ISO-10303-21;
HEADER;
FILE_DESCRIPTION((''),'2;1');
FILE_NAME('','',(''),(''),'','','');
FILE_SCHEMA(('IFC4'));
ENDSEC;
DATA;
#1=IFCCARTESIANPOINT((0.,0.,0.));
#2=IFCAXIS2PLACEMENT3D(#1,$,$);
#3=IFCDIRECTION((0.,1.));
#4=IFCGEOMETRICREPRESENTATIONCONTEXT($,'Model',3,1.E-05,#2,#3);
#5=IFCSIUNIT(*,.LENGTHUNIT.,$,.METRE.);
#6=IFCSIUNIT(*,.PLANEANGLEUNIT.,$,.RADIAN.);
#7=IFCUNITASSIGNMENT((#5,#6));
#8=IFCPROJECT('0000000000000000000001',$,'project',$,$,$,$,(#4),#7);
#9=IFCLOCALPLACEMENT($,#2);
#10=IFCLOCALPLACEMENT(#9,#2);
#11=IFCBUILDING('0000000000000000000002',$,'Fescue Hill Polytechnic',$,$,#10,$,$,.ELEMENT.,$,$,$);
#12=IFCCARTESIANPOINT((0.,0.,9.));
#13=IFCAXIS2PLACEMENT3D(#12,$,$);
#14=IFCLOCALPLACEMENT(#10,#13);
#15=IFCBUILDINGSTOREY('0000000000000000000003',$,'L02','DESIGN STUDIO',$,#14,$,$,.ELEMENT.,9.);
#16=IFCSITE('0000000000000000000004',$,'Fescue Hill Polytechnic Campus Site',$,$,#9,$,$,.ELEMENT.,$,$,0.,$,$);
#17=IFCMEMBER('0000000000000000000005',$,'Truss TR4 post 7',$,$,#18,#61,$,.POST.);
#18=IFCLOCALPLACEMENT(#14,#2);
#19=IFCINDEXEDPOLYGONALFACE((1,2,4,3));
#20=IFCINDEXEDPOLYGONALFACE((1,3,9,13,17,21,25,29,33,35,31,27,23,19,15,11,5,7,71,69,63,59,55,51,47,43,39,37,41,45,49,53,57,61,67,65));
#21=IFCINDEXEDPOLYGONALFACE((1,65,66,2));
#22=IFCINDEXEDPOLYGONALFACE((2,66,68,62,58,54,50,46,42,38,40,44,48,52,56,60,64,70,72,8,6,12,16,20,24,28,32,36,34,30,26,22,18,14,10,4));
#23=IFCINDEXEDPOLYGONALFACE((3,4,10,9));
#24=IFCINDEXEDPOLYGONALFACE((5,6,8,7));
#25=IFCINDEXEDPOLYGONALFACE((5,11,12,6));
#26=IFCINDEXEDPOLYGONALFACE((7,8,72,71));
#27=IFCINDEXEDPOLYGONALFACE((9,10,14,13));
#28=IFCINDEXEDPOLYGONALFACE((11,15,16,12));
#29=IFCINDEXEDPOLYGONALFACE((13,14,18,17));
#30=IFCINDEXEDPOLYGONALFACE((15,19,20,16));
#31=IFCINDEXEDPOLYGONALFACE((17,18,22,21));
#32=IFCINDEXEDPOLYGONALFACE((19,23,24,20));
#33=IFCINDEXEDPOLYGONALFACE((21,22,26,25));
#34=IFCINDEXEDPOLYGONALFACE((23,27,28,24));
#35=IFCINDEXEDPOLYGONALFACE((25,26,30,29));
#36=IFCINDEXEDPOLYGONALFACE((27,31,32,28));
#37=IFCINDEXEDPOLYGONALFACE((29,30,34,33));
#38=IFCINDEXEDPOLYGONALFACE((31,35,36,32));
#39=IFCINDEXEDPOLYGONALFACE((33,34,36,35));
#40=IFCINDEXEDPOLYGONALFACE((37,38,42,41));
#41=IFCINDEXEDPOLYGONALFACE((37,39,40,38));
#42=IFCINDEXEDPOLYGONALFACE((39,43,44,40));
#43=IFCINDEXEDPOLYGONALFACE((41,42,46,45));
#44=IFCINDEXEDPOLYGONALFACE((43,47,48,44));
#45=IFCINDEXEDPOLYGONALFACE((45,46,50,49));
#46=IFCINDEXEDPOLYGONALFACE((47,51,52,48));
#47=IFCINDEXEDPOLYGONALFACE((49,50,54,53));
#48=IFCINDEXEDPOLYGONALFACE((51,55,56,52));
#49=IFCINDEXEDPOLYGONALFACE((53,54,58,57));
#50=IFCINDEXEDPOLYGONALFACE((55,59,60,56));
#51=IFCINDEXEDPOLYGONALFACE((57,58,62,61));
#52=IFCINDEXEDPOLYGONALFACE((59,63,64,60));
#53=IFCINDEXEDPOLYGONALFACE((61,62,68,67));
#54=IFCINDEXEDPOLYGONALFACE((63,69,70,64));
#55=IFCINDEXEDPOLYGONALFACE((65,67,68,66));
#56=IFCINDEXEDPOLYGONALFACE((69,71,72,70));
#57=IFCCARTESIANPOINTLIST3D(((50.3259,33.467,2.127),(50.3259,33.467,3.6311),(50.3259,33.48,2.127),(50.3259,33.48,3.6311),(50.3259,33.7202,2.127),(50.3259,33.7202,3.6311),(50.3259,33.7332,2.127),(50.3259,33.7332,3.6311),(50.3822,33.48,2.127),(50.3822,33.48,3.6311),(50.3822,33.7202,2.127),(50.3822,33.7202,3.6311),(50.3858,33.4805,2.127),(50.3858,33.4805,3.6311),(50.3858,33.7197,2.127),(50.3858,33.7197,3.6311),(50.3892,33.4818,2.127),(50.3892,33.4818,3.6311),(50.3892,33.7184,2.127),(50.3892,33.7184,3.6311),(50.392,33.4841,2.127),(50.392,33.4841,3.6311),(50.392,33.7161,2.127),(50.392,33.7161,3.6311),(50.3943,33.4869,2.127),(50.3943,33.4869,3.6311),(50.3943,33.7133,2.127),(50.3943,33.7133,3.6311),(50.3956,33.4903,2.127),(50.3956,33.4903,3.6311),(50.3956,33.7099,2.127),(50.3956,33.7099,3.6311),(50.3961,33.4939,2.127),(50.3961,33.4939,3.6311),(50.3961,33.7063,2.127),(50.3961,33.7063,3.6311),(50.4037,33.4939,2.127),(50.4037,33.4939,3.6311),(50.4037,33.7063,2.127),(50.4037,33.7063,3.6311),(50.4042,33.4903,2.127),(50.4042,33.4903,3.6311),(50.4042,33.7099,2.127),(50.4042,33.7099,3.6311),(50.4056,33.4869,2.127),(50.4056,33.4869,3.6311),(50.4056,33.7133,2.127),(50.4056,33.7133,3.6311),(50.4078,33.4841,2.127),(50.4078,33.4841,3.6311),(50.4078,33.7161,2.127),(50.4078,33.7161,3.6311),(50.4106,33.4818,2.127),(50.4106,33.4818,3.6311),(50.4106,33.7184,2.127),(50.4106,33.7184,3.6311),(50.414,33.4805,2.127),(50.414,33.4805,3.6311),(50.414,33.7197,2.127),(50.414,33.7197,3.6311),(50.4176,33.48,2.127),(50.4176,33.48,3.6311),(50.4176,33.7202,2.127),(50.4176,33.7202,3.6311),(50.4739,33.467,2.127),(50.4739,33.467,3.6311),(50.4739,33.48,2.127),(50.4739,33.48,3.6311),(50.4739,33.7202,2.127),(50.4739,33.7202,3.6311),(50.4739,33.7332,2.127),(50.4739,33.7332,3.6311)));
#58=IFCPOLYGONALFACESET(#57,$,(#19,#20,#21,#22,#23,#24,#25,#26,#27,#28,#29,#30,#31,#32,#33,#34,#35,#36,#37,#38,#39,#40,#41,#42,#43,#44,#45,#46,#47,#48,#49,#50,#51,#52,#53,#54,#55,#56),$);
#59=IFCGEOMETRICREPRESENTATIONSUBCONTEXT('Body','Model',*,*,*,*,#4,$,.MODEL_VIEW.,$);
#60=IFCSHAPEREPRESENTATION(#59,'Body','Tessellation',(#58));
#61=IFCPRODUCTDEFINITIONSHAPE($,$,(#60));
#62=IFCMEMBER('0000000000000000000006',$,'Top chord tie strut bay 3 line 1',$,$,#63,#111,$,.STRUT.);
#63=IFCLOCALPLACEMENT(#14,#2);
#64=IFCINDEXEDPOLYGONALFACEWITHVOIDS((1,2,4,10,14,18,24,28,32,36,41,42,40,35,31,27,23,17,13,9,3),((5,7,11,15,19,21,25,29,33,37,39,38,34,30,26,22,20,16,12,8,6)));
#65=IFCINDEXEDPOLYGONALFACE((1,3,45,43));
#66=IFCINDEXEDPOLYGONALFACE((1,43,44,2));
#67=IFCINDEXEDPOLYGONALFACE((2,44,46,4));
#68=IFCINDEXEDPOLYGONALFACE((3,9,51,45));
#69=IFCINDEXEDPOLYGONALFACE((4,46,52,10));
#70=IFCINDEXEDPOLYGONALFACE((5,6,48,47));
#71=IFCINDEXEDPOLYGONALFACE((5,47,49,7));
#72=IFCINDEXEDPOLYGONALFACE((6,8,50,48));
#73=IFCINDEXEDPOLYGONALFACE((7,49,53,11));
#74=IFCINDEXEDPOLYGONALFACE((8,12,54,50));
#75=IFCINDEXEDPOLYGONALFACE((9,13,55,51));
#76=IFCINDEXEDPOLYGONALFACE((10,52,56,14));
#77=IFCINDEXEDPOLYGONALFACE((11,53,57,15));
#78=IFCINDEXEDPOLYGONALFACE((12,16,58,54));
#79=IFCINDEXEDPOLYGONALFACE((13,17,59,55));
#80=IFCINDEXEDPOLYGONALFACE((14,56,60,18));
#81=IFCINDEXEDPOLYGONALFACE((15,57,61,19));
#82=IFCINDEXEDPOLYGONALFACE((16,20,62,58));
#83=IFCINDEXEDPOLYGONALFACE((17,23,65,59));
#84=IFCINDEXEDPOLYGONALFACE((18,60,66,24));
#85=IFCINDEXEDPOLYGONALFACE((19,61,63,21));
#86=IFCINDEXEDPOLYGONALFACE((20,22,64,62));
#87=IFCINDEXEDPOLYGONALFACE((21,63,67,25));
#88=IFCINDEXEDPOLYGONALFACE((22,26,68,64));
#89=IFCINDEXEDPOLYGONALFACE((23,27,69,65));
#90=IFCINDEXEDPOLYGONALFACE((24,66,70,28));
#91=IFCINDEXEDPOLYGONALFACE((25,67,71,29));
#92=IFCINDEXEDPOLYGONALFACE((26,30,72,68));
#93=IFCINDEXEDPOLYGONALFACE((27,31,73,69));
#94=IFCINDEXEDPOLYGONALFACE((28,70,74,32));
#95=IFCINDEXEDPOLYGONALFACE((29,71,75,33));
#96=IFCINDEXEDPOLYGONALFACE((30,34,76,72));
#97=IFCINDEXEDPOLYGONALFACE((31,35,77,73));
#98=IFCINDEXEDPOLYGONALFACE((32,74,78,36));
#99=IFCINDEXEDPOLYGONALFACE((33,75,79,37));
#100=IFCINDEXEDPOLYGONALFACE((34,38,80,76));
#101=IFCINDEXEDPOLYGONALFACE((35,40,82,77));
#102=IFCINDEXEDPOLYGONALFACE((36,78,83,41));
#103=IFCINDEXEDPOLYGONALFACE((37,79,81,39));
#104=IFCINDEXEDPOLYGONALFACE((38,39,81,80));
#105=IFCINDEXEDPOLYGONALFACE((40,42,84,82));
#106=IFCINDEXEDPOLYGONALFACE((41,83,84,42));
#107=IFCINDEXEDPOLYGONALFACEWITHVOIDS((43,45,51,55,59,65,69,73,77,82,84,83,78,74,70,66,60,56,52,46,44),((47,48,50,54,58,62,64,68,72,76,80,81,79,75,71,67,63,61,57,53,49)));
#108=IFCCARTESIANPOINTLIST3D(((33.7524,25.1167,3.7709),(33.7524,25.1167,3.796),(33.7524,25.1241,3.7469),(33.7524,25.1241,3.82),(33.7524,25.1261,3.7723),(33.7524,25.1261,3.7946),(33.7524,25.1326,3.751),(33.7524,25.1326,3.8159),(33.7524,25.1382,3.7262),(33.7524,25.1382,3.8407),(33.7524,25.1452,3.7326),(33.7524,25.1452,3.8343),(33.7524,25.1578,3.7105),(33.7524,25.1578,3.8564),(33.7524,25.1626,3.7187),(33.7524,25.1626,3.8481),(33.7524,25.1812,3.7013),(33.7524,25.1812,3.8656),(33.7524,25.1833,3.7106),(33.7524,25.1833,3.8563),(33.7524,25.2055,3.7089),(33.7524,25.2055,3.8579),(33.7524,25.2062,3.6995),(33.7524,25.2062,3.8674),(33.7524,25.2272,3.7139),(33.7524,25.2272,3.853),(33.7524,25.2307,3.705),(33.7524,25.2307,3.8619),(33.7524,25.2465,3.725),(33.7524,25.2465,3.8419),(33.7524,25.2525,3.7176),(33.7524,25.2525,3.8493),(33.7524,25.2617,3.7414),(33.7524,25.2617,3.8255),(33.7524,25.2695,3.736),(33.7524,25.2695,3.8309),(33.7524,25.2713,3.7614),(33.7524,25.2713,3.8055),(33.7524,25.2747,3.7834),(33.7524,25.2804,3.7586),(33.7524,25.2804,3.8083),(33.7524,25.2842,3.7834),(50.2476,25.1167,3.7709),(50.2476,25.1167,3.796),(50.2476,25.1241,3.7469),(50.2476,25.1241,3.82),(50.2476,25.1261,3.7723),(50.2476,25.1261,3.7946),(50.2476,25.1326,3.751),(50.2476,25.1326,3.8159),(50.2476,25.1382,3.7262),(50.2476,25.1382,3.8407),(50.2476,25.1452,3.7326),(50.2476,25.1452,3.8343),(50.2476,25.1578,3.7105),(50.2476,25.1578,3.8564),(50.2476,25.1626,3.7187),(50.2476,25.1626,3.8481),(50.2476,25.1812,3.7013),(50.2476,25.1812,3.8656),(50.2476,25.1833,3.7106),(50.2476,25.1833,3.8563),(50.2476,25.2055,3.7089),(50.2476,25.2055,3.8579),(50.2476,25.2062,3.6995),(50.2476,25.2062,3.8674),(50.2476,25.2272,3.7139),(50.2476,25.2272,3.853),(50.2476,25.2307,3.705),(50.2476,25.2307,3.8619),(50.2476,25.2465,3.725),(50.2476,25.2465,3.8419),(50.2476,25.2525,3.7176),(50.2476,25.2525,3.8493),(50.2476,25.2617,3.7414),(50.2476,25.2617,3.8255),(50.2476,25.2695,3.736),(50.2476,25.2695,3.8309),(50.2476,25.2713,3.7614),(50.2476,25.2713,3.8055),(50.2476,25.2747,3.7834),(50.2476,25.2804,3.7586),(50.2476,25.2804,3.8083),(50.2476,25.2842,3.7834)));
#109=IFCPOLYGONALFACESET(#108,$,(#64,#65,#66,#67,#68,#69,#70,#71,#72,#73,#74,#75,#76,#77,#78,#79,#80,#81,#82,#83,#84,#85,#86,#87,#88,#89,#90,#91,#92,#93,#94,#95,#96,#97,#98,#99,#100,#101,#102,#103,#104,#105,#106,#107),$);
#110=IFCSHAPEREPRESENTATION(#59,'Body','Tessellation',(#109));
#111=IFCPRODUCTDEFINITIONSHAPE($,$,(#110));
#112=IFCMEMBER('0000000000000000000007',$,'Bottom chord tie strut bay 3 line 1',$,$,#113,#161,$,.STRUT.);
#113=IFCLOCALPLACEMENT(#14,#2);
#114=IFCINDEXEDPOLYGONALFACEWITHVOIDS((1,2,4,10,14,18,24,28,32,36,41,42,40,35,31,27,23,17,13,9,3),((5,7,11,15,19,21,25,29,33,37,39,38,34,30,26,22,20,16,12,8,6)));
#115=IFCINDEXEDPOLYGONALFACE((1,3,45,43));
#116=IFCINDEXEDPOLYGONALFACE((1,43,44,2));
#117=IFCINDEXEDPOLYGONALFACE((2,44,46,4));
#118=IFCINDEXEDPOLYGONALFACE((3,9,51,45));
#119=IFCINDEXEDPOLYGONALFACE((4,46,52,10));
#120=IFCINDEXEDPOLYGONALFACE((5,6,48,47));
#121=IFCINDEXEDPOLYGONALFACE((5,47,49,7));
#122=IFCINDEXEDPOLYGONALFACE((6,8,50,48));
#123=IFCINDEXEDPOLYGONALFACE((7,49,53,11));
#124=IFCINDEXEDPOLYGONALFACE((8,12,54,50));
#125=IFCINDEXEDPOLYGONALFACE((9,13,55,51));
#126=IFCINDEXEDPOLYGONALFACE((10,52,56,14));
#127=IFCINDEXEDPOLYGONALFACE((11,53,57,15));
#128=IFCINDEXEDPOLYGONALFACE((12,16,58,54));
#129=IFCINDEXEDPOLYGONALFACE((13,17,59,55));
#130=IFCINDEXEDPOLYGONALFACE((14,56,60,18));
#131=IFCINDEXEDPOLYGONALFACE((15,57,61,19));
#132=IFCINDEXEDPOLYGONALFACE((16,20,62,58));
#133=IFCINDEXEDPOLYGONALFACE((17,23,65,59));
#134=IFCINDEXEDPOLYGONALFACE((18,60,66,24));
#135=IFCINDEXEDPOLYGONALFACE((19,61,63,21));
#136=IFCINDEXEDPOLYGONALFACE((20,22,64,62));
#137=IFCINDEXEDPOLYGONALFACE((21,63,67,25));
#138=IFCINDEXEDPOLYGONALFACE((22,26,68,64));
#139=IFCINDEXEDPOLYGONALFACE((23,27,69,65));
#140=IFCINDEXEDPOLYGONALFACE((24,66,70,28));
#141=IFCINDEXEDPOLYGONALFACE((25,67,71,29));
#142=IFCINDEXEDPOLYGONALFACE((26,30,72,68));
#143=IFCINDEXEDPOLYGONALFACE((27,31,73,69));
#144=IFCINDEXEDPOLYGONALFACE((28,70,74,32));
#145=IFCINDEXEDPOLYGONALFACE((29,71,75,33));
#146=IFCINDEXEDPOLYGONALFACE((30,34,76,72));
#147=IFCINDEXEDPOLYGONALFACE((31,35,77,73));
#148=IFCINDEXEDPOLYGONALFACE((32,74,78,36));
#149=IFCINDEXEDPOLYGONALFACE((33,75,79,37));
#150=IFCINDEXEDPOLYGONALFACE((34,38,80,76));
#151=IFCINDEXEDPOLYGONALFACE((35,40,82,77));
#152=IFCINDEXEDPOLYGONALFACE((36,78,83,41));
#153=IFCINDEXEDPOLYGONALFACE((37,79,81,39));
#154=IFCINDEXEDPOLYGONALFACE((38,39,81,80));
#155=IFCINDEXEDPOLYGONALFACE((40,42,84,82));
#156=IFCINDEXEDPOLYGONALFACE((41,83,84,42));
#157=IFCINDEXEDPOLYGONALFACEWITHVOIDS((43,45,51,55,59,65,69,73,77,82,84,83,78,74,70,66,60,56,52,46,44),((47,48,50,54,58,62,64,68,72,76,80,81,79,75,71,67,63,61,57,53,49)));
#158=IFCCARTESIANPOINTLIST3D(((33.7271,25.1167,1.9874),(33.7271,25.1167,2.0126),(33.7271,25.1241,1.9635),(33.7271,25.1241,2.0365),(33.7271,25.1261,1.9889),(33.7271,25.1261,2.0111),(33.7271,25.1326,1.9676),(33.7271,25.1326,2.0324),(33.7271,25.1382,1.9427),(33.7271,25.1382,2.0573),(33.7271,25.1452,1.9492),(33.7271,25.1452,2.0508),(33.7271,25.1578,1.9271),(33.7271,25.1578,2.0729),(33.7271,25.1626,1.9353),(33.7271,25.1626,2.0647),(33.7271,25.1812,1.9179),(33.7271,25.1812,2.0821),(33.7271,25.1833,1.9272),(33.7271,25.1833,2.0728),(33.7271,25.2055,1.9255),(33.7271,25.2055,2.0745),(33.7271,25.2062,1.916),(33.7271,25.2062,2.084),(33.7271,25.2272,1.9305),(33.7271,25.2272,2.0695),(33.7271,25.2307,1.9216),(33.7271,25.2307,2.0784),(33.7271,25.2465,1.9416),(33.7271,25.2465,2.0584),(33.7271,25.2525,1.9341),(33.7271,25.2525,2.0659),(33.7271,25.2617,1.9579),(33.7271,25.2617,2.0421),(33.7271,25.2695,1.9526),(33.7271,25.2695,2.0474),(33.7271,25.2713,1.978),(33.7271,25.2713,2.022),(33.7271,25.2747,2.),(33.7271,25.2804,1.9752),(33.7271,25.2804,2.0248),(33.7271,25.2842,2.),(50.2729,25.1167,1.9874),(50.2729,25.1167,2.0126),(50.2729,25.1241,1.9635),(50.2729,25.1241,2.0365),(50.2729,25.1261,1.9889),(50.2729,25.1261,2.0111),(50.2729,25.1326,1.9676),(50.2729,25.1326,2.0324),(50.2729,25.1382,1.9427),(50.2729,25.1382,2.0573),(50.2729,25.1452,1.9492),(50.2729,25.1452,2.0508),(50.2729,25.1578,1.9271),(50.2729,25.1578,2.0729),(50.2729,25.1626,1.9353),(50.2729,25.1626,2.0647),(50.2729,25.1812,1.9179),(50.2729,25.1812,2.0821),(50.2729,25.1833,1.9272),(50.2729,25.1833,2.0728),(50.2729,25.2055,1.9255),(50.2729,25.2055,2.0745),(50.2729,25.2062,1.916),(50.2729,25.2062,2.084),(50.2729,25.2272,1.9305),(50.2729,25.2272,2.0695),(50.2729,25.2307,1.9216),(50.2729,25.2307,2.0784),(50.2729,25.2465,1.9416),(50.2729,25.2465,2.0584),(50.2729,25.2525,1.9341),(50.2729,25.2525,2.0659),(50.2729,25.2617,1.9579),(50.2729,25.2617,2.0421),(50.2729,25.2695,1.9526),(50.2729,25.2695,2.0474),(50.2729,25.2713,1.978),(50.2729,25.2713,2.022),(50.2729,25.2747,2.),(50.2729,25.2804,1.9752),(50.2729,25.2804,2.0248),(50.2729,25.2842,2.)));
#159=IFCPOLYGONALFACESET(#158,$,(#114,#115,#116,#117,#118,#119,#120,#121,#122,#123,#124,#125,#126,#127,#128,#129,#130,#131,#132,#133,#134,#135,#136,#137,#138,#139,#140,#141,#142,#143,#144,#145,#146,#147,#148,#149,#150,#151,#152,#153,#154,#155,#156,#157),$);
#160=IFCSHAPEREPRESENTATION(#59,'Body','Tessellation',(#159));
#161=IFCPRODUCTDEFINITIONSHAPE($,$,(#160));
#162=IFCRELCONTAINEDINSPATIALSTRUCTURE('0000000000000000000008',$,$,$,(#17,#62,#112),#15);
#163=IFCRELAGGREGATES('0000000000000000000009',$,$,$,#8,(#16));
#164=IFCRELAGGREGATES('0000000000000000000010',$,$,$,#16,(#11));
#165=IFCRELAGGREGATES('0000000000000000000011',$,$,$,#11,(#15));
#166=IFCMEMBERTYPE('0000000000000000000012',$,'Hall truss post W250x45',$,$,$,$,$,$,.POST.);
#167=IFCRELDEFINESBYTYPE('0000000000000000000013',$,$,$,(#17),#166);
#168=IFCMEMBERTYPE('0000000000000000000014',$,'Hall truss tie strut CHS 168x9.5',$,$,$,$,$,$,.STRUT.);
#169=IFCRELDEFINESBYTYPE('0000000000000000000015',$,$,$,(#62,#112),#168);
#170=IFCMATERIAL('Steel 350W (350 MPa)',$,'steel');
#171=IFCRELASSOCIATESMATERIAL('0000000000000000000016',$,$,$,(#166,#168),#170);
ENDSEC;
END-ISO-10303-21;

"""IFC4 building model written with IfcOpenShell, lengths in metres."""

from ifc_helpers import new_model, si_unit, direction, frame, origin, origin_2d, place, context, subcontext, project, spatial, hollow_circle, i_section, extrude, material, material_profile, profile_set, type_object, element, save


model = new_model("IFC4")

# Units and contexts
model_context = context("Model", 3, precision=1e-05, world=origin(), true_north=direction((0.0, 1.0)))
body_context = subcontext(model_context, "Body", "Model", "MODEL_VIEW")
ifc_project = project(units=[si_unit("LENGTHUNIT", "METRE"), si_unit("PLANEANGLEUNIT", "RADIAN")], contexts=[model_context])

# Site, building, storey
site_placement = place(None, origin())
site = spatial("IfcSite", under=ifc_project, at=site_placement, Name="Fescue Hill Polytechnic Campus Site", CompositionType="ELEMENT", RefElevation=0.0)
building_placement = place(site_placement, origin())
building = spatial("IfcBuilding", under=site, at=building_placement, Name="Fescue Hill Polytechnic", CompositionType="ELEMENT")
storey_placement = place(building_placement, frame((0.0, 0.0, 9.0)))
storey = spatial("IfcBuildingStorey", under=building, at=storey_placement, Name="L02", Description="DESIGN STUDIO", CompositionType="ELEMENT", Elevation=9.0)

# Members
ifc_material = material(Name="Steel 350W (350 MPa)", Category="steel")
ifc_material_profile_1 = material_profile(ifc_material, i_section(OverallWidth=0.1479, OverallDepth=0.2661, WebThickness=0.0076, FlangeThickness=0.0129, FilletRadius=0.0139, at=origin_2d()), Name="W250x45")
ifc_profile_set_1 = profile_set([ifc_material_profile_1], Name="Steel 350W (350 MPa)")
member_type_1 = type_object("IfcMemberType", Name="Hall truss post W250x45", PredefinedType="POST", material=ifc_profile_set_1)
for number, where, z_axis, x_axis, name in (
    (1, (50.3999, 33.6001, 2.127), (0.0, 0.0, 1.0), (1.0, 0.0, 0.0), "Truss TR4 post 7"),
):
    element("IfcMember", number, at=place(storey_placement, frame(where, z_axis=z_axis, x_axis=x_axis)), inside=storey, type_object=member_type_1, Name=name, PredefinedType="POST", context=body_context, shape_type="SweptSolid", body=[
        extrude(i_section(OverallWidth=0.1479, OverallDepth=0.2661, WebThickness=0.0076, FlangeThickness=0.0129, FilletRadius=0.0139, at=origin_2d()), origin(), (0.0, 0.0, 1.0), 1.5042),
    ])
ifc_material_profile_2 = material_profile(ifc_material, hollow_circle(Radius=0.0842, WallThickness=0.0095, at=origin_2d()), Name="Hall truss tie strut CHS 168x9.5")
ifc_profile_set_2 = profile_set([ifc_material_profile_2], Name="Steel 350W (350 MPa)")
member_type_2 = type_object("IfcMemberType", Name="Hall truss tie strut CHS 168x9.5", PredefinedType="STRUT", material=ifc_profile_set_2)
member_1_placement = place(storey_placement, frame((33.7524, 25.2, 3.7834), z_axis=(1.0, 0.0, 0.0), x_axis=(0.0, 1.0, 0.0)))
element("IfcMember", 2, at=member_1_placement, inside=storey, type_object=member_type_2, Name="Top chord tie strut bay 3 line 1", PredefinedType="STRUT", context=body_context, shape_type="SweptSolid", body=[
    extrude(hollow_circle(Radius=0.0842, WallThickness=0.0095, at=origin_2d()), origin(), (0.0, 0.0, 1.0), 16.4951),
])
member_2_placement = place(storey_placement, frame((33.7271, 25.2, 2.0), z_axis=(1.0, 0.0, 0.0), x_axis=(0.0, 1.0, 0.0)))
element("IfcMember", 3, at=member_2_placement, inside=storey, type_object=member_type_2, Name="Bottom chord tie strut bay 3 line 1", PredefinedType="STRUT", context=body_context, shape_type="SweptSolid", body=[
    extrude(hollow_circle(Radius=0.0842, WallThickness=0.0095, at=origin_2d()), origin(), (0.0, 0.0, 1.0), 16.5459),
])

save(model, "model.ifc")
